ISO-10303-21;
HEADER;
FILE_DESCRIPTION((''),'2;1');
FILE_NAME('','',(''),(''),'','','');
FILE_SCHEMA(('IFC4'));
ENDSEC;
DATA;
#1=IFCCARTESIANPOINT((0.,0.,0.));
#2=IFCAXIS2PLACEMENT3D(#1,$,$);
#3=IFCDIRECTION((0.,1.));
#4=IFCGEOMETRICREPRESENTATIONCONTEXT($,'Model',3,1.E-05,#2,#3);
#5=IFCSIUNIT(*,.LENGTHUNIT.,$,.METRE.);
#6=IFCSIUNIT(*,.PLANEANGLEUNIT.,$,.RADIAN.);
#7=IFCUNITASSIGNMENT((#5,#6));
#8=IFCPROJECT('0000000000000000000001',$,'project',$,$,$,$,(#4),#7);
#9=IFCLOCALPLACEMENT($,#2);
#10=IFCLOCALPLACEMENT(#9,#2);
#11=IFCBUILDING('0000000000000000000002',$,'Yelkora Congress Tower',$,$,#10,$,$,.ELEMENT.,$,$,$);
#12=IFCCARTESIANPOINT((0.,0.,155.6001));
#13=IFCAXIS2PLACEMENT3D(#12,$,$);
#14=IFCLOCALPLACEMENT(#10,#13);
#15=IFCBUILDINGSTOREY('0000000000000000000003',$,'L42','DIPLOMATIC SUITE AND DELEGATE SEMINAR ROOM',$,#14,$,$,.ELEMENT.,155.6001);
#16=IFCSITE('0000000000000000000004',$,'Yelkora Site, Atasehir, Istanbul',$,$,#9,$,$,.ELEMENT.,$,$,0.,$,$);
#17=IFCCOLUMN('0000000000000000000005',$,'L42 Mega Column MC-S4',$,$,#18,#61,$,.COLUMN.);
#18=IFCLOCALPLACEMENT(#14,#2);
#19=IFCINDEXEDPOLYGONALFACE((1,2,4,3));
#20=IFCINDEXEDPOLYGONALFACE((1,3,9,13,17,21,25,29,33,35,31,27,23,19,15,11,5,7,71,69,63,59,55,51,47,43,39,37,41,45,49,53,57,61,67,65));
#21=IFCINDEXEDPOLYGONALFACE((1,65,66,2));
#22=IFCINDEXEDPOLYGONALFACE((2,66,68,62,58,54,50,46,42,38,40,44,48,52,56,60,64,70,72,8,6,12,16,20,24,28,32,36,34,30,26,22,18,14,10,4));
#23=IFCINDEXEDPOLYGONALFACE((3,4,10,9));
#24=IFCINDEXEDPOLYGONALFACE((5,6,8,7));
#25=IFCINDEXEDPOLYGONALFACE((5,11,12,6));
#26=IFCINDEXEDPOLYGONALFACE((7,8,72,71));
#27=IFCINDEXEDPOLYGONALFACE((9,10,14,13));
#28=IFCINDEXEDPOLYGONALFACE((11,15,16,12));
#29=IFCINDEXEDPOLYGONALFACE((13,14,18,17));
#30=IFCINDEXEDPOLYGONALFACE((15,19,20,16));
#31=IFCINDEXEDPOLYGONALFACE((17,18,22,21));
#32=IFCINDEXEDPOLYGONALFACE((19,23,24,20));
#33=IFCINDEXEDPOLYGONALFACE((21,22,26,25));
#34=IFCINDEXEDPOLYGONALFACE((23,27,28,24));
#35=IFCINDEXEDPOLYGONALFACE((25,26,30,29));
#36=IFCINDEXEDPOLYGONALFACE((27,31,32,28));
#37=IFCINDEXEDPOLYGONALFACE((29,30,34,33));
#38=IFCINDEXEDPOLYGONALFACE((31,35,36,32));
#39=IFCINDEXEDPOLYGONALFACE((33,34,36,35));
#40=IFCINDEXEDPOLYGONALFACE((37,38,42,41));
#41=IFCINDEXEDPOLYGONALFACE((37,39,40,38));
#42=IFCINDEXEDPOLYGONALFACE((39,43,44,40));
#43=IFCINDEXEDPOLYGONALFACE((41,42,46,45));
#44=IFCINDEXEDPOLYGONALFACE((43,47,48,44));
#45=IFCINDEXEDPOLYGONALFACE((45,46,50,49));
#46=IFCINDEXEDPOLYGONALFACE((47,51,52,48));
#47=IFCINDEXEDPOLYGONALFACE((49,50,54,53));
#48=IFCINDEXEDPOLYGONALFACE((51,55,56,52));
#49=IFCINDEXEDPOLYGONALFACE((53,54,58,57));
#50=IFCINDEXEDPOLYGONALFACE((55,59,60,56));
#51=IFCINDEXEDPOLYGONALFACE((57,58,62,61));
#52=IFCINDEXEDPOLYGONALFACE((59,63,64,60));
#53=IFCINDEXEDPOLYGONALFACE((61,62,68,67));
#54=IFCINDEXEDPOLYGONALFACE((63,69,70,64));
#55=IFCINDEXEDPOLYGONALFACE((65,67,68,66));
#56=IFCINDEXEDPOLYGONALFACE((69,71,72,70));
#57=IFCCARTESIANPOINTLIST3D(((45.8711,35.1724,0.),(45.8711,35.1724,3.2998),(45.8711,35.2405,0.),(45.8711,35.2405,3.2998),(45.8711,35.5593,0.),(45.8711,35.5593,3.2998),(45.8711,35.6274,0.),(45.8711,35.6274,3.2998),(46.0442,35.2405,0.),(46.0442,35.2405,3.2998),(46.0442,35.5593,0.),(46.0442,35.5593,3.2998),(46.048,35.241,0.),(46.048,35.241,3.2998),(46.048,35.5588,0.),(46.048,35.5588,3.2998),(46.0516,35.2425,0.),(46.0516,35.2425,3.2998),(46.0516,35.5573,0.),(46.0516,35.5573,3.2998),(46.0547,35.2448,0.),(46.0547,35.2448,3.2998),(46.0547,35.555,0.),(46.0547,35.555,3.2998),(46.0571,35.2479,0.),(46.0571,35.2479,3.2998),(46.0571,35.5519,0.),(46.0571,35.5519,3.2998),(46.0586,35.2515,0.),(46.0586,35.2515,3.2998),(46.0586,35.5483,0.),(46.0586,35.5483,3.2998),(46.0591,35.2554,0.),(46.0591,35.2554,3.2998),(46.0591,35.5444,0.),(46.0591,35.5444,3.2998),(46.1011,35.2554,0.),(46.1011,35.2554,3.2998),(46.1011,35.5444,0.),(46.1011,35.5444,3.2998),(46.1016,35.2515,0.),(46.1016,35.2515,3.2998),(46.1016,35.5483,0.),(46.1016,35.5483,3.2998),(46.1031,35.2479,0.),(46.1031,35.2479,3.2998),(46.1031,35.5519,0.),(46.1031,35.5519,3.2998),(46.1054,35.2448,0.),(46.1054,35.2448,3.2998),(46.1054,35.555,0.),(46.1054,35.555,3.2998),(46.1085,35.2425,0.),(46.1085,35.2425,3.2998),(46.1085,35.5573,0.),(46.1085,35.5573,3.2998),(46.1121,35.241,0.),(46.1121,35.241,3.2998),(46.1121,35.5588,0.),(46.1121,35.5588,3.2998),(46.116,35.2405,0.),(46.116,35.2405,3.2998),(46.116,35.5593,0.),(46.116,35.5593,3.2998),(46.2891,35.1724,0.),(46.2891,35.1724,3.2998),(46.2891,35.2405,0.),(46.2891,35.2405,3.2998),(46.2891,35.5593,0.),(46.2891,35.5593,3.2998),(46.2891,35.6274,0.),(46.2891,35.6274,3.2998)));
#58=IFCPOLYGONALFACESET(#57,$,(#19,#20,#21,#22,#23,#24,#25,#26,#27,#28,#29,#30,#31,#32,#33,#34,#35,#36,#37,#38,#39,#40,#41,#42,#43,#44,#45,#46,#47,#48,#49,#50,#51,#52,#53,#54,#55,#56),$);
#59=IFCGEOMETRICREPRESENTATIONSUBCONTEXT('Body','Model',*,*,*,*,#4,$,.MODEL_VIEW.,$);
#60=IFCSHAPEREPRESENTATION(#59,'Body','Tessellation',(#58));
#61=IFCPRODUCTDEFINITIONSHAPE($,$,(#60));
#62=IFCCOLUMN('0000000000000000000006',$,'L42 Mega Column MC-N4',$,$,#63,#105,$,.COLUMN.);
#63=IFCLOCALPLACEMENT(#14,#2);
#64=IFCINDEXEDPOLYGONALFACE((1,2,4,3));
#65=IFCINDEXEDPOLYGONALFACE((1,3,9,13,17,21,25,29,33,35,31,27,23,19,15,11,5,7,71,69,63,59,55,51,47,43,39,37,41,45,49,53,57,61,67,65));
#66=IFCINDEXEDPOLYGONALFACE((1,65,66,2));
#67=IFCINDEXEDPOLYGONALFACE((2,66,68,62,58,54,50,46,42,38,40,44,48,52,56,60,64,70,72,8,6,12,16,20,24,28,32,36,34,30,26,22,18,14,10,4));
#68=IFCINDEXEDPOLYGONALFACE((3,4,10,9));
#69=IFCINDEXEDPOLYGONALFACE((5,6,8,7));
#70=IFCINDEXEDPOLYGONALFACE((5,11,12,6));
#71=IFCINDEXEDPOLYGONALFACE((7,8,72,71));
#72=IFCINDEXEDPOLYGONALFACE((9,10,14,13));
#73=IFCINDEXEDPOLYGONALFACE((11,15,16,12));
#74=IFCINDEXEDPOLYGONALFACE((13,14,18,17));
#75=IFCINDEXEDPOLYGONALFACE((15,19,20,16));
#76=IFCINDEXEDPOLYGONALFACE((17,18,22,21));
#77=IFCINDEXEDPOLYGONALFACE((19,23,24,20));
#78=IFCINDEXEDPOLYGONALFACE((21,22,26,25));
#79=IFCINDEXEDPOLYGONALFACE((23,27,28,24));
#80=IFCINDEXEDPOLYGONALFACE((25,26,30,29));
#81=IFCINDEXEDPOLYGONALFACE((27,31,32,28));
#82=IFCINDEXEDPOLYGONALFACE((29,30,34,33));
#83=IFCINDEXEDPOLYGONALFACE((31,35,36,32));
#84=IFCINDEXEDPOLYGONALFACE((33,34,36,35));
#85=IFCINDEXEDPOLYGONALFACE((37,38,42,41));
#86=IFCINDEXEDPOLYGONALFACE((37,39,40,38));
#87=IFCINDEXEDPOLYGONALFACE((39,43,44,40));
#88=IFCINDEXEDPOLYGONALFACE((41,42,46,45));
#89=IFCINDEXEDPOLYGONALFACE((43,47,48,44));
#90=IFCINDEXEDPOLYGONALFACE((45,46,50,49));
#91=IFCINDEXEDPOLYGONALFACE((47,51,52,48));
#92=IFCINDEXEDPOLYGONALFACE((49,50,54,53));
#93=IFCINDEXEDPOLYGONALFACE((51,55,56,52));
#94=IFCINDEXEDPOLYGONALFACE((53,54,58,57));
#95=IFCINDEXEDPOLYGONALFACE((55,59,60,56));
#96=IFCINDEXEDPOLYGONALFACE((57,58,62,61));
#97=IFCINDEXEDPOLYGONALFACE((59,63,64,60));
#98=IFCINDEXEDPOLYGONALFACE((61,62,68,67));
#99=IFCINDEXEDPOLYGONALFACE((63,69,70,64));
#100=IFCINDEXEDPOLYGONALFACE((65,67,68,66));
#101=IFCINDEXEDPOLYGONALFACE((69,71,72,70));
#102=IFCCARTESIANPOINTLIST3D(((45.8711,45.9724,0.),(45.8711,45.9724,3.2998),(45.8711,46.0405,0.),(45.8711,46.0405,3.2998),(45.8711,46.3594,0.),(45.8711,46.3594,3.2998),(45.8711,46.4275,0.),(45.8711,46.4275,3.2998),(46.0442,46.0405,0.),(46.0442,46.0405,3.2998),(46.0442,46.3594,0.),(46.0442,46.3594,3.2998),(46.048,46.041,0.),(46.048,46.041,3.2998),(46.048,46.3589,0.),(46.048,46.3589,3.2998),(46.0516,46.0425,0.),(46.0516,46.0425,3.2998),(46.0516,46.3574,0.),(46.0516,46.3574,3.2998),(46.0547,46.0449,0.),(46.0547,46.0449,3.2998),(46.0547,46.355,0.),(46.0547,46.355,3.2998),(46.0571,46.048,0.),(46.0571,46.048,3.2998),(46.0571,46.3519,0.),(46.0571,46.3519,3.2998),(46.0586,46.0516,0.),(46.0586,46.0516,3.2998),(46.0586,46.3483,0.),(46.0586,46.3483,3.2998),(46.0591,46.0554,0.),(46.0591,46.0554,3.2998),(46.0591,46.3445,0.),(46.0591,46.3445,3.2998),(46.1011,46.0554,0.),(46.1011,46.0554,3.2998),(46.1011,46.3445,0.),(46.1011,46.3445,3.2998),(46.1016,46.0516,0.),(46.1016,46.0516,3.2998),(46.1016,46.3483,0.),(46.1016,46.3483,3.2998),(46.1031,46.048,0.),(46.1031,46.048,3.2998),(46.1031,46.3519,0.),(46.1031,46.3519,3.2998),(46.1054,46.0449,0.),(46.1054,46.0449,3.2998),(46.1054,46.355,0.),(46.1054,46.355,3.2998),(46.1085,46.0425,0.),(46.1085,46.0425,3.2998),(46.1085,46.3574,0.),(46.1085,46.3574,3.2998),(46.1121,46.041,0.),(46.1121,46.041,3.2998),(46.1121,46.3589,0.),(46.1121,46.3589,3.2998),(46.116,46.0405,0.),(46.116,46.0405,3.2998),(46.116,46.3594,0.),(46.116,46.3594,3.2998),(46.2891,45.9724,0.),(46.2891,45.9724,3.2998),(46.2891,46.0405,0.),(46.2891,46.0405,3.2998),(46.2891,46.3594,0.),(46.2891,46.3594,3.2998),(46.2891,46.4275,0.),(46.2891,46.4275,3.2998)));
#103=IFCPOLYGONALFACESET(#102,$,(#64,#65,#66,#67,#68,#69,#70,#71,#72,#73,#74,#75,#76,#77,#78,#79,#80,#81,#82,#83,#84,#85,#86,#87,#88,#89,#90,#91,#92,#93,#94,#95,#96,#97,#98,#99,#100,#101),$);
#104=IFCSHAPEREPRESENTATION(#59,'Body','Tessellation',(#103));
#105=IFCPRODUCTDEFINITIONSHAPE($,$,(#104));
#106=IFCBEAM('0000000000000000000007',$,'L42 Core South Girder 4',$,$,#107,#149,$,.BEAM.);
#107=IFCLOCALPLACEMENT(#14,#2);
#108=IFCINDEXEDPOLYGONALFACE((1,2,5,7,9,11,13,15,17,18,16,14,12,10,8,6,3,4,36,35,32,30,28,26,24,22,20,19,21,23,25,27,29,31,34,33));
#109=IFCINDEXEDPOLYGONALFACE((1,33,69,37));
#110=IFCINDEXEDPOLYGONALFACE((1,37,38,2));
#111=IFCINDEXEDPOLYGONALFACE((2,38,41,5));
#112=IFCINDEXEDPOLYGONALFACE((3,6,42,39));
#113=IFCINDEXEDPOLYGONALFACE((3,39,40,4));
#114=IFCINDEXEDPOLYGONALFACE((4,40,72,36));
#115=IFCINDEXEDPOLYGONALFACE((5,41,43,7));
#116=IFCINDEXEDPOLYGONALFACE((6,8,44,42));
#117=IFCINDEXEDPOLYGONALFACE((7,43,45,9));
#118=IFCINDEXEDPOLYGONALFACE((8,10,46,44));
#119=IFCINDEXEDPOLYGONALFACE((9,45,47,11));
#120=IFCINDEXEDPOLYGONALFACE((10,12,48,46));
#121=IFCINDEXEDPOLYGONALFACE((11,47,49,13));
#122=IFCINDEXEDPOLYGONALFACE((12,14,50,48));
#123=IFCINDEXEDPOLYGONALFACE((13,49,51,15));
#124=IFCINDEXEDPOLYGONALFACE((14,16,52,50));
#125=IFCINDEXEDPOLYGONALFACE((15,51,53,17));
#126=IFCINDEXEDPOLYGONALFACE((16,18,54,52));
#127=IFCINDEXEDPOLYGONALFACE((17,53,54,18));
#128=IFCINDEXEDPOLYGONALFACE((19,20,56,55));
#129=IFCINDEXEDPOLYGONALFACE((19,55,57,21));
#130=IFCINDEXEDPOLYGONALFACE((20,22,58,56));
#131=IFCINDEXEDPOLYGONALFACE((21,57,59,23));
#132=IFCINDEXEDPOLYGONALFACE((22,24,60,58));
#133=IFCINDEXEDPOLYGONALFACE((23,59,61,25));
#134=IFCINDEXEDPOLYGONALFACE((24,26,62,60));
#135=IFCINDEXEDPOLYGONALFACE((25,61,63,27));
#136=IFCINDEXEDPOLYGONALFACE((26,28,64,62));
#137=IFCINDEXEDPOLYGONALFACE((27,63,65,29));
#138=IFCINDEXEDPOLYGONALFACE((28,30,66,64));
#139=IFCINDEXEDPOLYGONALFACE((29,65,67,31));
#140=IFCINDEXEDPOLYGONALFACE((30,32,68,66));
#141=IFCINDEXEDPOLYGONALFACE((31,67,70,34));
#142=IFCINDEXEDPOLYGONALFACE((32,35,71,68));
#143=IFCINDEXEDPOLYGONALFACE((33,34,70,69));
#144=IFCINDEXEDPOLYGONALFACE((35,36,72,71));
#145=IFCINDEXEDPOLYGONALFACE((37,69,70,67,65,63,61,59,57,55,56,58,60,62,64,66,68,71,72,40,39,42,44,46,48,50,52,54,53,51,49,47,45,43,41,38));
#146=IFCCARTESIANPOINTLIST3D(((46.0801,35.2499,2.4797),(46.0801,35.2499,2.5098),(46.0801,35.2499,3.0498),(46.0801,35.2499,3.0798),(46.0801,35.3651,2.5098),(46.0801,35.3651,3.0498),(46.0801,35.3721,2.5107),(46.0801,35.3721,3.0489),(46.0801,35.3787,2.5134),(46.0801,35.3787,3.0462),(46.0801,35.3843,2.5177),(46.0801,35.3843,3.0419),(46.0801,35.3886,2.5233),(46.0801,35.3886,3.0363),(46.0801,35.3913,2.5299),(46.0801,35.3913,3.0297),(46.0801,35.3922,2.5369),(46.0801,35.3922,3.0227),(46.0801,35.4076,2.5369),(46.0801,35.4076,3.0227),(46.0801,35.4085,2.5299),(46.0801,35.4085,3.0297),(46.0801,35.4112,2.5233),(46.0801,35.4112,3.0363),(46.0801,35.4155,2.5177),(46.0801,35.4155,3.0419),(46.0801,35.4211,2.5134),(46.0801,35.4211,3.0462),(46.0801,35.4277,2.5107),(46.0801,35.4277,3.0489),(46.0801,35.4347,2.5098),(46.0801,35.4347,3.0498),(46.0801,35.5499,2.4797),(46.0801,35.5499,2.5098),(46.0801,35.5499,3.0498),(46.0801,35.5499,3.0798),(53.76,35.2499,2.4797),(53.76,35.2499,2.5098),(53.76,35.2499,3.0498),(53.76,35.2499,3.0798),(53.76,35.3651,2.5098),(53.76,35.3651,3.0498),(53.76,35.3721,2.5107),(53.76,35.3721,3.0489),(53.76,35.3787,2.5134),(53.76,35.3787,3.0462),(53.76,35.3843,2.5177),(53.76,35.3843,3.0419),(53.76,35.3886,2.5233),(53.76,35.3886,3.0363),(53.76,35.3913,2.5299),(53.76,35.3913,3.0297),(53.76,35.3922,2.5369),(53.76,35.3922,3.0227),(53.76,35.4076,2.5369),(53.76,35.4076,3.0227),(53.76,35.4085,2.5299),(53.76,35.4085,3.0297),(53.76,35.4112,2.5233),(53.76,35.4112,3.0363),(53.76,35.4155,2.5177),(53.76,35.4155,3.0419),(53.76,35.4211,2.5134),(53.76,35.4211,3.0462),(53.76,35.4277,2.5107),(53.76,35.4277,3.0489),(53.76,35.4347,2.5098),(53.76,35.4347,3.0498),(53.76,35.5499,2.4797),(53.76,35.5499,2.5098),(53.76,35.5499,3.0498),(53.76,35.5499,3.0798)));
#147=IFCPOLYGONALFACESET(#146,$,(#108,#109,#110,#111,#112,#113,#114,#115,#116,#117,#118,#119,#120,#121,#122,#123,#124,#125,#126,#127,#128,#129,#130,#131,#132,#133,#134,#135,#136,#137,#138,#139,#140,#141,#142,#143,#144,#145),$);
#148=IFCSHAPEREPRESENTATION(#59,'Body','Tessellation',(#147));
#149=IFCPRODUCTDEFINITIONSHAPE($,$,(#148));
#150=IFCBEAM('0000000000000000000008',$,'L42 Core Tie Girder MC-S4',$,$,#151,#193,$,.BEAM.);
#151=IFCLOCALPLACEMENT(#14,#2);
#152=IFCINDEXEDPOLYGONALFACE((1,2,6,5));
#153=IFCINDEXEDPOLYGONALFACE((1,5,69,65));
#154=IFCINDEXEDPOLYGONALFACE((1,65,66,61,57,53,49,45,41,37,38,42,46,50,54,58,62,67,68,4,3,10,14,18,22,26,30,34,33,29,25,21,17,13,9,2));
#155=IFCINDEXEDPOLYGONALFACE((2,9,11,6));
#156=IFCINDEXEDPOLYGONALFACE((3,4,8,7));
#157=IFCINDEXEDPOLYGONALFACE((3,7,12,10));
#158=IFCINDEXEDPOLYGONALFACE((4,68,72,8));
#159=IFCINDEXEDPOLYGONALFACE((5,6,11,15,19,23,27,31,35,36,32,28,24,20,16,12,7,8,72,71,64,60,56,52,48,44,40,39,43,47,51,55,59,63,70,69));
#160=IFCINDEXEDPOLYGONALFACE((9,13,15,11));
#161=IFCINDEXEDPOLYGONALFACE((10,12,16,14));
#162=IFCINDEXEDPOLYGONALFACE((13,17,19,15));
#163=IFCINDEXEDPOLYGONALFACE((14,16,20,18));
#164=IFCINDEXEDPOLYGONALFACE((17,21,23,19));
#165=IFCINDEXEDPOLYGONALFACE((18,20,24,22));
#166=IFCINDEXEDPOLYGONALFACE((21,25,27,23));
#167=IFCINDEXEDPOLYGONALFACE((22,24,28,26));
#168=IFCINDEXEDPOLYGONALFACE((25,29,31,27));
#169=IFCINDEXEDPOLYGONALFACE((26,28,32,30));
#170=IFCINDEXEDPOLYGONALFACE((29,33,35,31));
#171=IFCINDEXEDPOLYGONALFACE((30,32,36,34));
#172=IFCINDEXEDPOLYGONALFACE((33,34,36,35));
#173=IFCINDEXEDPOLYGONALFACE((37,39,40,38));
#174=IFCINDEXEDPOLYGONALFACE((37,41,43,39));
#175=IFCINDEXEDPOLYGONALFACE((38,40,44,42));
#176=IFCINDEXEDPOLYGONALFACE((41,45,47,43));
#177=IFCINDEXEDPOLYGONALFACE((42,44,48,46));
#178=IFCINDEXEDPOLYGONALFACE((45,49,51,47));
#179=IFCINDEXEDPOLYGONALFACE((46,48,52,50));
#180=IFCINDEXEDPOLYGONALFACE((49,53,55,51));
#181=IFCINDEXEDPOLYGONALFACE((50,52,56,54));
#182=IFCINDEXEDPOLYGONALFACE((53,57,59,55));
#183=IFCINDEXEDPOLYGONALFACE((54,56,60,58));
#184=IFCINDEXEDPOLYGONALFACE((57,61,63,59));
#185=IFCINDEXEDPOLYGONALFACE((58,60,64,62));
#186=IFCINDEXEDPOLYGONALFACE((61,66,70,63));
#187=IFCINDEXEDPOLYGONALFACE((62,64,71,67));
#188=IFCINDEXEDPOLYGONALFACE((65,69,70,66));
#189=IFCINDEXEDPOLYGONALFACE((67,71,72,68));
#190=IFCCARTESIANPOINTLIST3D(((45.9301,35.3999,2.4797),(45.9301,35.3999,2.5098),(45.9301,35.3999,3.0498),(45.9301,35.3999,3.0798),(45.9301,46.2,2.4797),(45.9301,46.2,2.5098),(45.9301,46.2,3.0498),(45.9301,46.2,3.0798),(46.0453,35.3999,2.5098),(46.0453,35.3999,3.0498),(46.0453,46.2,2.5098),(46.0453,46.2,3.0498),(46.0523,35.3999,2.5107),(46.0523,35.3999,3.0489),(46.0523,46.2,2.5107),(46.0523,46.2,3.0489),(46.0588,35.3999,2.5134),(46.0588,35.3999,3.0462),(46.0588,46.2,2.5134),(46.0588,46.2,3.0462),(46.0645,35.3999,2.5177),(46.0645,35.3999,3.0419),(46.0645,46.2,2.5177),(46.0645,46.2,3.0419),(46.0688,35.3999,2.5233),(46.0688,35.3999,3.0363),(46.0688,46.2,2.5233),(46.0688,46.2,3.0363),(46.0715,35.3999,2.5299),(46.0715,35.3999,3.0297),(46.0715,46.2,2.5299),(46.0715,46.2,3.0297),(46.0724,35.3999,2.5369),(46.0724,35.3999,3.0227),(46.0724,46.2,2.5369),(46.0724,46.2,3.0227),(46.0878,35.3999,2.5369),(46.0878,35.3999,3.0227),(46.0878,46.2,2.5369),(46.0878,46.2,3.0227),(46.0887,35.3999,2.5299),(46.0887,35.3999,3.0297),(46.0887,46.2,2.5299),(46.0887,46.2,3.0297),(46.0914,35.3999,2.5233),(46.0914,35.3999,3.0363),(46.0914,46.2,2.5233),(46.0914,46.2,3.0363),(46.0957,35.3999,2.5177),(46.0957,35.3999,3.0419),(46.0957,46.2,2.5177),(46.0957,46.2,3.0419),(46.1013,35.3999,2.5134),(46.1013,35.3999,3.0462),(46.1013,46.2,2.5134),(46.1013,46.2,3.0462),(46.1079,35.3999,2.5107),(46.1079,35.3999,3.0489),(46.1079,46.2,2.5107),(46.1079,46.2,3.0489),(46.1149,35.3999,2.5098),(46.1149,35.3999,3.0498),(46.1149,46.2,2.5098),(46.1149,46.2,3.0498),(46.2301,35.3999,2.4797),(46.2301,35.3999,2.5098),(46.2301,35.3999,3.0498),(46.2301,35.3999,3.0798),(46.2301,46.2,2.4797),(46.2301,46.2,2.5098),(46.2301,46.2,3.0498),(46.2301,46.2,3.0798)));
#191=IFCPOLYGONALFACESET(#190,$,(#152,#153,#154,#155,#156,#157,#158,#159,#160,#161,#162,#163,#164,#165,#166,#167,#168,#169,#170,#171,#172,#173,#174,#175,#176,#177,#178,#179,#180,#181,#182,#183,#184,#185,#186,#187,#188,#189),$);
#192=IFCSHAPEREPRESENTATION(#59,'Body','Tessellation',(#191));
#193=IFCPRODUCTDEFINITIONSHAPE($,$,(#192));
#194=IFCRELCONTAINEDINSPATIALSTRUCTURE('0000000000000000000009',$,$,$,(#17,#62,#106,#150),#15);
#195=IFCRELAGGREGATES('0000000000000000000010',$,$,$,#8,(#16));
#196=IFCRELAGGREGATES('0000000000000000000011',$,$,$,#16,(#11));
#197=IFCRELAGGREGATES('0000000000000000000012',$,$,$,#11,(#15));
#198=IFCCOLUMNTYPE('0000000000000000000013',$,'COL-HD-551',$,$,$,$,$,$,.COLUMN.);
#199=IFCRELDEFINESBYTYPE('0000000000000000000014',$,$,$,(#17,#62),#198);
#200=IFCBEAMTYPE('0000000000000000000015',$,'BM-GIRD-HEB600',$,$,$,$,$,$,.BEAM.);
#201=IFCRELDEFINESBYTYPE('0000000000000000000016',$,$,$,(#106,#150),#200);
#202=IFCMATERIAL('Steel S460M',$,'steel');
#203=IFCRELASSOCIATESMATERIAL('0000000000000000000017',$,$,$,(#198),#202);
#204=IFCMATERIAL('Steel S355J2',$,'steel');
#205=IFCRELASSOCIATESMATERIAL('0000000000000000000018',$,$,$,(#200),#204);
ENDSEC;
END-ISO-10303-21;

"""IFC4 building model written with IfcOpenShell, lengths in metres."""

from ifc_helpers import new_model, si_unit, direction, frame, origin, origin_2d, place, context, subcontext, project, spatial, i_section, extrude, material, material_profile, profile_set, type_object, element, save


model = new_model("IFC4")

# Units and contexts
model_context = context("Model", 3, precision=1e-05, world=origin(), true_north=direction((0.0, 1.0)))
body_context = subcontext(model_context, "Body", "Model", "MODEL_VIEW")
ifc_project = project(units=[si_unit("LENGTHUNIT", "METRE"), si_unit("PLANEANGLEUNIT", "RADIAN")], contexts=[model_context])

# Site, building, storey
site_placement = place(None, origin())
site = spatial("IfcSite", under=ifc_project, at=site_placement, Name="Yelkora Site, Atasehir, Istanbul", CompositionType="ELEMENT", RefElevation=0.0)
building_placement = place(site_placement, origin())
building = spatial("IfcBuilding", under=site, at=building_placement, Name="Yelkora Congress Tower", CompositionType="ELEMENT")
storey_placement = place(building_placement, frame((0.0, 0.0, 155.6001)))
storey = spatial("IfcBuildingStorey", under=building, at=storey_placement, Name="L42", Description="DIPLOMATIC SUITE AND DELEGATE SEMINAR ROOM", CompositionType="ELEMENT", Elevation=155.6001)

# Columns
ifc_material_1 = material(Name="Steel S460M", Category="steel")
ifc_material_profile_1 = material_profile(ifc_material_1, i_section(OverallWidth=0.418, OverallDepth=0.4551, WebThickness=0.042, FlangeThickness=0.0681, FilletRadius=0.0149, at=origin_2d()), Name="HD 400x551")
ifc_profile_set_1 = profile_set([ifc_material_profile_1], Name="Steel S460M")
column_type = type_object("IfcColumnType", Name="COL-HD-551", PredefinedType="COLUMN", material=ifc_profile_set_1)
for number, where, z_axis, x_axis, name in (
    (1, (46.0801, 35.3999, 0.0), (0.0, 0.0, 1.0), (1.0, 0.0, 0.0), "L42 Mega Column MC-S4"),
    (2, (46.0801, 46.2, 0.0), (0.0, 0.0, 1.0), (1.0, 0.0, 0.0), "L42 Mega Column MC-N4"),
):
    element("IfcColumn", number, at=place(storey_placement, frame(where, z_axis=z_axis, x_axis=x_axis)), inside=storey, type_object=column_type, Name=name, PredefinedType="COLUMN", context=body_context, shape_type="SweptSolid", body=[
        extrude(i_section(OverallWidth=0.418, OverallDepth=0.4551, WebThickness=0.042, FlangeThickness=0.0681, FilletRadius=0.0149, at=origin_2d()), origin(), (0.0, 0.0, 1.0), 3.2998),
    ])

# Beams
ifc_material_2 = material(Name="Steel S355J2", Category="steel")
ifc_material_profile_2 = material_profile(ifc_material_2, i_section(OverallWidth=0.3, OverallDepth=0.6001, WebThickness=0.0154, FlangeThickness=0.03, FilletRadius=0.0271, at=origin_2d()), Name="HEB 600")
ifc_profile_set_2 = profile_set([ifc_material_profile_2], Name="Steel S355J2")
beam_type_1 = type_object("IfcBeamType", Name="BM-GIRD-HEB600", PredefinedType="BEAM", material=ifc_profile_set_2)
beam_1_placement = place(storey_placement, frame((46.0801, 35.3999, 2.7798), z_axis=(1.0, 0.0, 0.0), x_axis=(0.0, 1.0, 0.0)))
element("IfcBeam", 3, at=beam_1_placement, inside=storey, type_object=beam_type_1, Name="L42 Core South Girder 4", PredefinedType="BEAM", context=body_context, shape_type="SweptSolid", body=[
    extrude(i_section(OverallWidth=0.3, OverallDepth=0.6001, WebThickness=0.0154, FlangeThickness=0.03, FilletRadius=0.0271, at=origin_2d()), origin(), (0.0, 0.0, 1.0), 7.6799),
])
beam_2_placement = place(storey_placement, frame((46.0801, 35.3999, 2.7798), z_axis=(0.0, 1.0, 0.0), x_axis=(-1.0, 0.0, 0.0)))
element("IfcBeam", 4, at=beam_2_placement, inside=storey, type_object=beam_type_1, Name="L42 Core Tie Girder MC-S4", PredefinedType="BEAM", context=body_context, shape_type="SweptSolid", body=[
    extrude(i_section(OverallWidth=0.3, OverallDepth=0.6001, WebThickness=0.0154, FlangeThickness=0.03, FilletRadius=0.0271, at=origin_2d()), origin(), (0.0, 0.0, 1.0), 10.8),
])

save(model, "model.ifc")
